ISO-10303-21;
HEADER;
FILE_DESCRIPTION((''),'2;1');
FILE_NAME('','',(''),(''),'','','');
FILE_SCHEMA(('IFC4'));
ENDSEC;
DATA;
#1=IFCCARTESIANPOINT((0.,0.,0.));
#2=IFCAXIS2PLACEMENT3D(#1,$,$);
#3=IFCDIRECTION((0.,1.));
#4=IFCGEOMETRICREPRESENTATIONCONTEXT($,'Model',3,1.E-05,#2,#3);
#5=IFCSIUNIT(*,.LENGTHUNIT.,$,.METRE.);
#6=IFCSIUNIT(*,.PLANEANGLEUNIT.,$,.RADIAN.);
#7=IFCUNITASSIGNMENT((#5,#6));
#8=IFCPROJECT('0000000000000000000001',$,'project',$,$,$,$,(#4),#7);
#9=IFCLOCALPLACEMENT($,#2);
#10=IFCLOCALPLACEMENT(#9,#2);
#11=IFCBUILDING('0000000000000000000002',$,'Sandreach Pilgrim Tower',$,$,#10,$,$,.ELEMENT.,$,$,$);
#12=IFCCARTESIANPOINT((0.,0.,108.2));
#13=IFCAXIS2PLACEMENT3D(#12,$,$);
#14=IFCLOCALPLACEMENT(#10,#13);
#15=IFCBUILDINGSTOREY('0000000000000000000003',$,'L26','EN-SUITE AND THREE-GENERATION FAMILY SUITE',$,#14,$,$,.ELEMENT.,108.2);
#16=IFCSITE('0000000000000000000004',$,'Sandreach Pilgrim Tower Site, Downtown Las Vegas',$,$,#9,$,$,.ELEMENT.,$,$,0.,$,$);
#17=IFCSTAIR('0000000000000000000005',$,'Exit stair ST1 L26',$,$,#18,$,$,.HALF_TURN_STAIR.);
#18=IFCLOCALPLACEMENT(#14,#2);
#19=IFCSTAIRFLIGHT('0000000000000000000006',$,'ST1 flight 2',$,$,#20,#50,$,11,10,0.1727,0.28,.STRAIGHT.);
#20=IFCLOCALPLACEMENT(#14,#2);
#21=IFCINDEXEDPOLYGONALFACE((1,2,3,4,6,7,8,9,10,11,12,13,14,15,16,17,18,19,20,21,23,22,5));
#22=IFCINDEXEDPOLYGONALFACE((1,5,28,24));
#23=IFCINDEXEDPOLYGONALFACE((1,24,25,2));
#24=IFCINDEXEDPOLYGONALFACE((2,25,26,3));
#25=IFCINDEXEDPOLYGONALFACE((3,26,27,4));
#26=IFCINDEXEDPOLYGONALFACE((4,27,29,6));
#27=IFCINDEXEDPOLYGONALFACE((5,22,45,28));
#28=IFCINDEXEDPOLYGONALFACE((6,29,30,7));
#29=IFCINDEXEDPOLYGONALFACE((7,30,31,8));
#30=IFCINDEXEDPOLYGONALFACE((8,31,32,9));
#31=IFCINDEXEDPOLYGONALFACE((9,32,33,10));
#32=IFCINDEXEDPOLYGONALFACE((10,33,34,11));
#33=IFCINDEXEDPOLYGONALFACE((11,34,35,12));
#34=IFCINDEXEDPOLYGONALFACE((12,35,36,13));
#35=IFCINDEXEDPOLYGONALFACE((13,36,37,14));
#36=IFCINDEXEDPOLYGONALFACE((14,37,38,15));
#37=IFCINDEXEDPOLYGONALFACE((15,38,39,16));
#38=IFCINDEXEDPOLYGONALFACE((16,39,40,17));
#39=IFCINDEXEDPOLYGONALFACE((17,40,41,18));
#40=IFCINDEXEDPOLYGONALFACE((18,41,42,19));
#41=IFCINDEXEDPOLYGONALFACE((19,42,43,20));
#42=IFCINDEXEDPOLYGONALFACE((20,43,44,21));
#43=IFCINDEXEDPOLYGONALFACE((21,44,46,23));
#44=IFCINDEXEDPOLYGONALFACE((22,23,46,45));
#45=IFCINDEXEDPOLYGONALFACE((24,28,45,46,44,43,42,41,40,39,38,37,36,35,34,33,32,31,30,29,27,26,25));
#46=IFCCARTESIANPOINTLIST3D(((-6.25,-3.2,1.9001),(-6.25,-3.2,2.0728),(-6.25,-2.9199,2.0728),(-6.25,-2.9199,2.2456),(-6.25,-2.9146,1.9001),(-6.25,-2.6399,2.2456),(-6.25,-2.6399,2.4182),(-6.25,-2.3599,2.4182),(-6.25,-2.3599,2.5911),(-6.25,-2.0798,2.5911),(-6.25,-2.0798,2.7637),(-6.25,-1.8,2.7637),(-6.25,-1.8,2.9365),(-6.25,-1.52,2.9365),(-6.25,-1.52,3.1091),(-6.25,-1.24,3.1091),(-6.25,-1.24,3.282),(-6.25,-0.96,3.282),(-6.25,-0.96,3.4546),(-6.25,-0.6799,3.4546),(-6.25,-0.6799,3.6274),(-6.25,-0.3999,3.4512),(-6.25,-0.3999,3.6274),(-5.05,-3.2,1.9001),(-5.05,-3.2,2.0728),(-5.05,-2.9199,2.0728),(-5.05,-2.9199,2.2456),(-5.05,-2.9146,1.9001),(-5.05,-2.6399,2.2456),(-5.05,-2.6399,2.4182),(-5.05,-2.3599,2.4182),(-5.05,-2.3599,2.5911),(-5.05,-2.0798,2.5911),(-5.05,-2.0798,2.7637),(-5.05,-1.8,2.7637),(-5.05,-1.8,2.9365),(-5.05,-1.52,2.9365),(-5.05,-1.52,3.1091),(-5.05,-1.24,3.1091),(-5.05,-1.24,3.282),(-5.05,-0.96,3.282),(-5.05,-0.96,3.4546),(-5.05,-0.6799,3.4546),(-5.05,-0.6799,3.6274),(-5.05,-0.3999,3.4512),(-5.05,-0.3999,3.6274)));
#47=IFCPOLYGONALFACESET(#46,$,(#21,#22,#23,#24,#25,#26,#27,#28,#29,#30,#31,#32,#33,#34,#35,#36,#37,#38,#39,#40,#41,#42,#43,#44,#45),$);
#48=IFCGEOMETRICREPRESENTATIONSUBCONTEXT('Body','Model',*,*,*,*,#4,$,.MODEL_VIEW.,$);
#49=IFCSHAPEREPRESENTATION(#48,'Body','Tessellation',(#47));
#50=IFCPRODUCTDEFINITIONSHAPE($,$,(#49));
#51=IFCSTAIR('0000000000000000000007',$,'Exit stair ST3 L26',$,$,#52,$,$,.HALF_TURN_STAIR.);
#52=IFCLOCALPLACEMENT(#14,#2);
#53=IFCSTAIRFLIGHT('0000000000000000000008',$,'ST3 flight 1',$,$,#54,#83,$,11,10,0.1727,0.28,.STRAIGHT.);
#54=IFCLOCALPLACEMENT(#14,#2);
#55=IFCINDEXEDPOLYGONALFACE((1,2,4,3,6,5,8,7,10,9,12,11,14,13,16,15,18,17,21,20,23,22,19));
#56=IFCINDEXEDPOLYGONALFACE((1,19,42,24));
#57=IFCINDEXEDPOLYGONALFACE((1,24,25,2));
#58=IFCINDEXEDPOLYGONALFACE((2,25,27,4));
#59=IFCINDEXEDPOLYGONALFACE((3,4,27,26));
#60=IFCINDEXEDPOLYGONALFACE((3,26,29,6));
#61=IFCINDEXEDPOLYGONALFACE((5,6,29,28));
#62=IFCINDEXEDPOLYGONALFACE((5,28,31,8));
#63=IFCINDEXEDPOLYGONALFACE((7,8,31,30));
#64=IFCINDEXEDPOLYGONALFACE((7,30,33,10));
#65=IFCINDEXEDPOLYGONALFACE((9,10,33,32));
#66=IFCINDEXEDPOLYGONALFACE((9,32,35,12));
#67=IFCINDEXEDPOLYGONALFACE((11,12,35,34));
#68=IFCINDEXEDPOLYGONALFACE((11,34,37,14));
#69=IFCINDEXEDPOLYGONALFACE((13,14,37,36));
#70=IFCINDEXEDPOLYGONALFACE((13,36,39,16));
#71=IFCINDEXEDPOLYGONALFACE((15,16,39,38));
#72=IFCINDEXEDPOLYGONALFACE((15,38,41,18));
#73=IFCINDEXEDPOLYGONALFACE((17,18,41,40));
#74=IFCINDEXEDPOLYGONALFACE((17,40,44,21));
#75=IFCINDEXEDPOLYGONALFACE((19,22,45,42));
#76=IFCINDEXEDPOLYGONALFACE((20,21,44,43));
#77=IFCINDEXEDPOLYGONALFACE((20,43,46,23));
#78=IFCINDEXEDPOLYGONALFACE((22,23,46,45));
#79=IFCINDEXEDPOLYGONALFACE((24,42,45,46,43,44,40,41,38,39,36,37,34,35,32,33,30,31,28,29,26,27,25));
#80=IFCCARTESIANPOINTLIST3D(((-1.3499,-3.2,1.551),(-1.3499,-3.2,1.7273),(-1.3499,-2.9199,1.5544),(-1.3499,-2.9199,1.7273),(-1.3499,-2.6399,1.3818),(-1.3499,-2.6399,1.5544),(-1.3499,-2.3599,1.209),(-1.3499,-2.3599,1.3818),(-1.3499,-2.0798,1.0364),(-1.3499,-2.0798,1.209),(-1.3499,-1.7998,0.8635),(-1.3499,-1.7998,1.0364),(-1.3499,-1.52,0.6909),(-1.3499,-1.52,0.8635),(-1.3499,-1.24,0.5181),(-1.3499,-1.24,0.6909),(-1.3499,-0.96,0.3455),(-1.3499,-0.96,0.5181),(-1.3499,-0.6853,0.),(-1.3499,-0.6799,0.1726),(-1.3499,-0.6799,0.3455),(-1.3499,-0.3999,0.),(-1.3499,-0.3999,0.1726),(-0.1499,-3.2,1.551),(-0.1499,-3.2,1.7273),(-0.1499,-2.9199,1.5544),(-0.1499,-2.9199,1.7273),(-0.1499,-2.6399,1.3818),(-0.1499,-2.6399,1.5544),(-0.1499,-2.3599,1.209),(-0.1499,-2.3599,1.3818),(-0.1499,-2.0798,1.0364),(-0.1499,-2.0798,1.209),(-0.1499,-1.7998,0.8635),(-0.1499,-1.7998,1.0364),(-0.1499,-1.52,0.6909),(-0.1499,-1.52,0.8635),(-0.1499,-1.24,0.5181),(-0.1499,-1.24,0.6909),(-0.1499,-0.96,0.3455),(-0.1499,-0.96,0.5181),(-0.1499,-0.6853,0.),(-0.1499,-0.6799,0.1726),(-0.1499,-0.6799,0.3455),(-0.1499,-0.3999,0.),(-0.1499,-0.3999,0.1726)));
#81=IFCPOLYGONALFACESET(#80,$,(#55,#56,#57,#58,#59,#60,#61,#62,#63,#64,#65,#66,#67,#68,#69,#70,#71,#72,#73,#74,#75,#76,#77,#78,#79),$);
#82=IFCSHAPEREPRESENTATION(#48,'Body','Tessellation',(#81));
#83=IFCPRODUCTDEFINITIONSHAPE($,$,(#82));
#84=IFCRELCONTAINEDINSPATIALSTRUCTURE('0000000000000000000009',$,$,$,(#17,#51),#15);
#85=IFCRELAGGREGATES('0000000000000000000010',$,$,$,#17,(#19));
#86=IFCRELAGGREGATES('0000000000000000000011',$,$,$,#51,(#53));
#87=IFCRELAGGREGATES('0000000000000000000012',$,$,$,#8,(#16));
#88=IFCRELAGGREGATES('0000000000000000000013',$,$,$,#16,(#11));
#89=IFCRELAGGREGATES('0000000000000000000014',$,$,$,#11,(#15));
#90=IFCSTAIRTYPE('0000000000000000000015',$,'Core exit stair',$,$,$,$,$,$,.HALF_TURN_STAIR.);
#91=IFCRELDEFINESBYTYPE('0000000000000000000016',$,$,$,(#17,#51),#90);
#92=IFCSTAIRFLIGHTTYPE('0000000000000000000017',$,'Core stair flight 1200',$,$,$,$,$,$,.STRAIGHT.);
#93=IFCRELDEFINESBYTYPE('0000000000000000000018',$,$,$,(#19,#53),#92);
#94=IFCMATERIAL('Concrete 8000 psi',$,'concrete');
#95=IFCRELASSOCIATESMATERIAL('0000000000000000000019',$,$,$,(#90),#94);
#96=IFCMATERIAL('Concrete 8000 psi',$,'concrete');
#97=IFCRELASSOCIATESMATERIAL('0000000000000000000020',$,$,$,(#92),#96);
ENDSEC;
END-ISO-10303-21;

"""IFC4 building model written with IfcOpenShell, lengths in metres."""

from ifc_helpers import new_model, si_unit, direction, frame, origin, place, context, subcontext, project, spatial, polyline, outline, extrude, material, type_object, element, aggregate, save


model = new_model("IFC4")

# Units and contexts
model_context = context("Model", 3, precision=1e-05, world=origin(), true_north=direction((0.0, 1.0)))
body_context = subcontext(model_context, "Body", "Model", "MODEL_VIEW")
ifc_project = project(units=[si_unit("LENGTHUNIT", "METRE"), si_unit("PLANEANGLEUNIT", "RADIAN")], contexts=[model_context])

# Site, building, storey
site_placement = place(None, origin())
site = spatial("IfcSite", under=ifc_project, at=site_placement, Name="Sandreach Pilgrim Tower Site, Downtown Las Vegas", CompositionType="ELEMENT", RefElevation=0.0)
building_placement = place(site_placement, origin())
building = spatial("IfcBuilding", under=site, at=building_placement, Name="Sandreach Pilgrim Tower", CompositionType="ELEMENT")
storey_placement = place(building_placement, frame((0.0, 0.0, 108.2)))
storey = spatial("IfcBuildingStorey", under=building, at=storey_placement, Name="L26", Description="EN-SUITE AND THREE-GENERATION FAMILY SUITE", CompositionType="ELEMENT", Elevation=108.2)

# Stairs, stair flights
ifc_material_1 = material(Name="Concrete 8000 psi", Category="concrete")
stair_type = type_object("IfcStairType", Name="Core exit stair", PredefinedType="HALF_TURN_STAIR", material=ifc_material_1)
stair_1_placement = place(storey_placement, origin())
stair_1 = element("IfcStair", 1, at=stair_1_placement, inside=storey, type_object=stair_type, Name="Exit stair ST1 L26", PredefinedType="HALF_TURN_STAIR")
ifc_material_2 = material(Name="Concrete 8000 psi", Category="concrete")
stair_flight_type = type_object("IfcStairFlightType", Name="Core stair flight 1200", PredefinedType="STRAIGHT", material=ifc_material_2)
stair_flight_1_placement = place(storey_placement, frame((-5.6499, -3.2, 1.9001), z_axis=(0.0, 0.0, 1.0), x_axis=(0.0, 1.0, 0.0)))
stair_flight_1 = element("IfcStairFlight", 2, at=stair_flight_1_placement, type_object=stair_flight_type, Name="ST1 flight 2", NumberOfRisers=11, NumberOfTreads=10, PredefinedType="STRAIGHT", RiserHeight=0.1727, TreadLength=0.28, context=body_context, shape_type="SweptSolid", body=[
    extrude(outline(polyline([(0.0, 0.0), (0.0, 0.1726), (0.28, 0.1726), (0.28, 0.3455), (0.5601, 0.3455), (0.5601, 0.5181), (0.8401, 0.5181), (0.8401, 0.6909), (1.1201, 0.6909), (1.1201, 0.8635), (1.3999, 0.8635), (1.3999, 1.0364), (1.6799, 1.0364), (1.6799, 1.209), (1.96, 1.209), (1.96, 1.3818), (2.24, 1.3818), (2.24, 1.5544), (2.52, 1.5544), (2.52, 1.7273), (2.8, 1.7273), (2.8, 1.8999), (2.8, 1.551), (0.2854, 0.0), (0.0, 0.0)])), frame((0.0, 0.6001, 0.0), z_axis=(0.0, -1.0, 0.0), x_axis=(1.0, 0.0, 0.0)), (0.0, 0.0, 1.0), 1.2),
])
aggregate(stair_1, [stair_flight_1])
stair_2_placement = place(storey_placement, origin())
stair_2 = element("IfcStair", 3, at=stair_2_placement, inside=storey, type_object=stair_type, Name="Exit stair ST3 L26", PredefinedType="HALF_TURN_STAIR")
stair_flight_2_placement = place(storey_placement, frame((-0.75, -0.3999, 0.0), z_axis=(0.0, 0.0, 1.0), x_axis=(0.0, -1.0, 0.0)))
stair_flight_2 = element("IfcStairFlight", 4, at=stair_flight_2_placement, type_object=stair_flight_type, Name="ST3 flight 1", NumberOfRisers=11, NumberOfTreads=10, PredefinedType="STRAIGHT", RiserHeight=0.1727, TreadLength=0.28, context=body_context, shape_type="SweptSolid", body=[
    extrude(outline(polyline([(0.0, 0.0), (0.0, 0.1726), (0.28, 0.1726), (0.28, 0.3455), (0.5601, 0.3455), (0.5601, 0.5181), (0.8401, 0.5181), (0.8401, 0.6909), (1.1201, 0.6909), (1.1201, 0.8635), (1.3999, 0.8635), (1.3999, 1.0364), (1.6799, 1.0364), (1.6799, 1.209), (1.96, 1.209), (1.96, 1.3818), (2.24, 1.3818), (2.24, 1.5544), (2.52, 1.5544), (2.52, 1.7273), (2.8, 1.7273), (2.8, 1.8999), (2.8, 1.551), (0.2854, 0.0), (0.0, 0.0)])), frame((0.0, 0.6001, 0.0), z_axis=(0.0, -1.0, 0.0), x_axis=(1.0, 0.0, 0.0)), (0.0, 0.0, 1.0), 1.2),
])
aggregate(stair_2, [stair_flight_2])

save(model, "model.ifc")
